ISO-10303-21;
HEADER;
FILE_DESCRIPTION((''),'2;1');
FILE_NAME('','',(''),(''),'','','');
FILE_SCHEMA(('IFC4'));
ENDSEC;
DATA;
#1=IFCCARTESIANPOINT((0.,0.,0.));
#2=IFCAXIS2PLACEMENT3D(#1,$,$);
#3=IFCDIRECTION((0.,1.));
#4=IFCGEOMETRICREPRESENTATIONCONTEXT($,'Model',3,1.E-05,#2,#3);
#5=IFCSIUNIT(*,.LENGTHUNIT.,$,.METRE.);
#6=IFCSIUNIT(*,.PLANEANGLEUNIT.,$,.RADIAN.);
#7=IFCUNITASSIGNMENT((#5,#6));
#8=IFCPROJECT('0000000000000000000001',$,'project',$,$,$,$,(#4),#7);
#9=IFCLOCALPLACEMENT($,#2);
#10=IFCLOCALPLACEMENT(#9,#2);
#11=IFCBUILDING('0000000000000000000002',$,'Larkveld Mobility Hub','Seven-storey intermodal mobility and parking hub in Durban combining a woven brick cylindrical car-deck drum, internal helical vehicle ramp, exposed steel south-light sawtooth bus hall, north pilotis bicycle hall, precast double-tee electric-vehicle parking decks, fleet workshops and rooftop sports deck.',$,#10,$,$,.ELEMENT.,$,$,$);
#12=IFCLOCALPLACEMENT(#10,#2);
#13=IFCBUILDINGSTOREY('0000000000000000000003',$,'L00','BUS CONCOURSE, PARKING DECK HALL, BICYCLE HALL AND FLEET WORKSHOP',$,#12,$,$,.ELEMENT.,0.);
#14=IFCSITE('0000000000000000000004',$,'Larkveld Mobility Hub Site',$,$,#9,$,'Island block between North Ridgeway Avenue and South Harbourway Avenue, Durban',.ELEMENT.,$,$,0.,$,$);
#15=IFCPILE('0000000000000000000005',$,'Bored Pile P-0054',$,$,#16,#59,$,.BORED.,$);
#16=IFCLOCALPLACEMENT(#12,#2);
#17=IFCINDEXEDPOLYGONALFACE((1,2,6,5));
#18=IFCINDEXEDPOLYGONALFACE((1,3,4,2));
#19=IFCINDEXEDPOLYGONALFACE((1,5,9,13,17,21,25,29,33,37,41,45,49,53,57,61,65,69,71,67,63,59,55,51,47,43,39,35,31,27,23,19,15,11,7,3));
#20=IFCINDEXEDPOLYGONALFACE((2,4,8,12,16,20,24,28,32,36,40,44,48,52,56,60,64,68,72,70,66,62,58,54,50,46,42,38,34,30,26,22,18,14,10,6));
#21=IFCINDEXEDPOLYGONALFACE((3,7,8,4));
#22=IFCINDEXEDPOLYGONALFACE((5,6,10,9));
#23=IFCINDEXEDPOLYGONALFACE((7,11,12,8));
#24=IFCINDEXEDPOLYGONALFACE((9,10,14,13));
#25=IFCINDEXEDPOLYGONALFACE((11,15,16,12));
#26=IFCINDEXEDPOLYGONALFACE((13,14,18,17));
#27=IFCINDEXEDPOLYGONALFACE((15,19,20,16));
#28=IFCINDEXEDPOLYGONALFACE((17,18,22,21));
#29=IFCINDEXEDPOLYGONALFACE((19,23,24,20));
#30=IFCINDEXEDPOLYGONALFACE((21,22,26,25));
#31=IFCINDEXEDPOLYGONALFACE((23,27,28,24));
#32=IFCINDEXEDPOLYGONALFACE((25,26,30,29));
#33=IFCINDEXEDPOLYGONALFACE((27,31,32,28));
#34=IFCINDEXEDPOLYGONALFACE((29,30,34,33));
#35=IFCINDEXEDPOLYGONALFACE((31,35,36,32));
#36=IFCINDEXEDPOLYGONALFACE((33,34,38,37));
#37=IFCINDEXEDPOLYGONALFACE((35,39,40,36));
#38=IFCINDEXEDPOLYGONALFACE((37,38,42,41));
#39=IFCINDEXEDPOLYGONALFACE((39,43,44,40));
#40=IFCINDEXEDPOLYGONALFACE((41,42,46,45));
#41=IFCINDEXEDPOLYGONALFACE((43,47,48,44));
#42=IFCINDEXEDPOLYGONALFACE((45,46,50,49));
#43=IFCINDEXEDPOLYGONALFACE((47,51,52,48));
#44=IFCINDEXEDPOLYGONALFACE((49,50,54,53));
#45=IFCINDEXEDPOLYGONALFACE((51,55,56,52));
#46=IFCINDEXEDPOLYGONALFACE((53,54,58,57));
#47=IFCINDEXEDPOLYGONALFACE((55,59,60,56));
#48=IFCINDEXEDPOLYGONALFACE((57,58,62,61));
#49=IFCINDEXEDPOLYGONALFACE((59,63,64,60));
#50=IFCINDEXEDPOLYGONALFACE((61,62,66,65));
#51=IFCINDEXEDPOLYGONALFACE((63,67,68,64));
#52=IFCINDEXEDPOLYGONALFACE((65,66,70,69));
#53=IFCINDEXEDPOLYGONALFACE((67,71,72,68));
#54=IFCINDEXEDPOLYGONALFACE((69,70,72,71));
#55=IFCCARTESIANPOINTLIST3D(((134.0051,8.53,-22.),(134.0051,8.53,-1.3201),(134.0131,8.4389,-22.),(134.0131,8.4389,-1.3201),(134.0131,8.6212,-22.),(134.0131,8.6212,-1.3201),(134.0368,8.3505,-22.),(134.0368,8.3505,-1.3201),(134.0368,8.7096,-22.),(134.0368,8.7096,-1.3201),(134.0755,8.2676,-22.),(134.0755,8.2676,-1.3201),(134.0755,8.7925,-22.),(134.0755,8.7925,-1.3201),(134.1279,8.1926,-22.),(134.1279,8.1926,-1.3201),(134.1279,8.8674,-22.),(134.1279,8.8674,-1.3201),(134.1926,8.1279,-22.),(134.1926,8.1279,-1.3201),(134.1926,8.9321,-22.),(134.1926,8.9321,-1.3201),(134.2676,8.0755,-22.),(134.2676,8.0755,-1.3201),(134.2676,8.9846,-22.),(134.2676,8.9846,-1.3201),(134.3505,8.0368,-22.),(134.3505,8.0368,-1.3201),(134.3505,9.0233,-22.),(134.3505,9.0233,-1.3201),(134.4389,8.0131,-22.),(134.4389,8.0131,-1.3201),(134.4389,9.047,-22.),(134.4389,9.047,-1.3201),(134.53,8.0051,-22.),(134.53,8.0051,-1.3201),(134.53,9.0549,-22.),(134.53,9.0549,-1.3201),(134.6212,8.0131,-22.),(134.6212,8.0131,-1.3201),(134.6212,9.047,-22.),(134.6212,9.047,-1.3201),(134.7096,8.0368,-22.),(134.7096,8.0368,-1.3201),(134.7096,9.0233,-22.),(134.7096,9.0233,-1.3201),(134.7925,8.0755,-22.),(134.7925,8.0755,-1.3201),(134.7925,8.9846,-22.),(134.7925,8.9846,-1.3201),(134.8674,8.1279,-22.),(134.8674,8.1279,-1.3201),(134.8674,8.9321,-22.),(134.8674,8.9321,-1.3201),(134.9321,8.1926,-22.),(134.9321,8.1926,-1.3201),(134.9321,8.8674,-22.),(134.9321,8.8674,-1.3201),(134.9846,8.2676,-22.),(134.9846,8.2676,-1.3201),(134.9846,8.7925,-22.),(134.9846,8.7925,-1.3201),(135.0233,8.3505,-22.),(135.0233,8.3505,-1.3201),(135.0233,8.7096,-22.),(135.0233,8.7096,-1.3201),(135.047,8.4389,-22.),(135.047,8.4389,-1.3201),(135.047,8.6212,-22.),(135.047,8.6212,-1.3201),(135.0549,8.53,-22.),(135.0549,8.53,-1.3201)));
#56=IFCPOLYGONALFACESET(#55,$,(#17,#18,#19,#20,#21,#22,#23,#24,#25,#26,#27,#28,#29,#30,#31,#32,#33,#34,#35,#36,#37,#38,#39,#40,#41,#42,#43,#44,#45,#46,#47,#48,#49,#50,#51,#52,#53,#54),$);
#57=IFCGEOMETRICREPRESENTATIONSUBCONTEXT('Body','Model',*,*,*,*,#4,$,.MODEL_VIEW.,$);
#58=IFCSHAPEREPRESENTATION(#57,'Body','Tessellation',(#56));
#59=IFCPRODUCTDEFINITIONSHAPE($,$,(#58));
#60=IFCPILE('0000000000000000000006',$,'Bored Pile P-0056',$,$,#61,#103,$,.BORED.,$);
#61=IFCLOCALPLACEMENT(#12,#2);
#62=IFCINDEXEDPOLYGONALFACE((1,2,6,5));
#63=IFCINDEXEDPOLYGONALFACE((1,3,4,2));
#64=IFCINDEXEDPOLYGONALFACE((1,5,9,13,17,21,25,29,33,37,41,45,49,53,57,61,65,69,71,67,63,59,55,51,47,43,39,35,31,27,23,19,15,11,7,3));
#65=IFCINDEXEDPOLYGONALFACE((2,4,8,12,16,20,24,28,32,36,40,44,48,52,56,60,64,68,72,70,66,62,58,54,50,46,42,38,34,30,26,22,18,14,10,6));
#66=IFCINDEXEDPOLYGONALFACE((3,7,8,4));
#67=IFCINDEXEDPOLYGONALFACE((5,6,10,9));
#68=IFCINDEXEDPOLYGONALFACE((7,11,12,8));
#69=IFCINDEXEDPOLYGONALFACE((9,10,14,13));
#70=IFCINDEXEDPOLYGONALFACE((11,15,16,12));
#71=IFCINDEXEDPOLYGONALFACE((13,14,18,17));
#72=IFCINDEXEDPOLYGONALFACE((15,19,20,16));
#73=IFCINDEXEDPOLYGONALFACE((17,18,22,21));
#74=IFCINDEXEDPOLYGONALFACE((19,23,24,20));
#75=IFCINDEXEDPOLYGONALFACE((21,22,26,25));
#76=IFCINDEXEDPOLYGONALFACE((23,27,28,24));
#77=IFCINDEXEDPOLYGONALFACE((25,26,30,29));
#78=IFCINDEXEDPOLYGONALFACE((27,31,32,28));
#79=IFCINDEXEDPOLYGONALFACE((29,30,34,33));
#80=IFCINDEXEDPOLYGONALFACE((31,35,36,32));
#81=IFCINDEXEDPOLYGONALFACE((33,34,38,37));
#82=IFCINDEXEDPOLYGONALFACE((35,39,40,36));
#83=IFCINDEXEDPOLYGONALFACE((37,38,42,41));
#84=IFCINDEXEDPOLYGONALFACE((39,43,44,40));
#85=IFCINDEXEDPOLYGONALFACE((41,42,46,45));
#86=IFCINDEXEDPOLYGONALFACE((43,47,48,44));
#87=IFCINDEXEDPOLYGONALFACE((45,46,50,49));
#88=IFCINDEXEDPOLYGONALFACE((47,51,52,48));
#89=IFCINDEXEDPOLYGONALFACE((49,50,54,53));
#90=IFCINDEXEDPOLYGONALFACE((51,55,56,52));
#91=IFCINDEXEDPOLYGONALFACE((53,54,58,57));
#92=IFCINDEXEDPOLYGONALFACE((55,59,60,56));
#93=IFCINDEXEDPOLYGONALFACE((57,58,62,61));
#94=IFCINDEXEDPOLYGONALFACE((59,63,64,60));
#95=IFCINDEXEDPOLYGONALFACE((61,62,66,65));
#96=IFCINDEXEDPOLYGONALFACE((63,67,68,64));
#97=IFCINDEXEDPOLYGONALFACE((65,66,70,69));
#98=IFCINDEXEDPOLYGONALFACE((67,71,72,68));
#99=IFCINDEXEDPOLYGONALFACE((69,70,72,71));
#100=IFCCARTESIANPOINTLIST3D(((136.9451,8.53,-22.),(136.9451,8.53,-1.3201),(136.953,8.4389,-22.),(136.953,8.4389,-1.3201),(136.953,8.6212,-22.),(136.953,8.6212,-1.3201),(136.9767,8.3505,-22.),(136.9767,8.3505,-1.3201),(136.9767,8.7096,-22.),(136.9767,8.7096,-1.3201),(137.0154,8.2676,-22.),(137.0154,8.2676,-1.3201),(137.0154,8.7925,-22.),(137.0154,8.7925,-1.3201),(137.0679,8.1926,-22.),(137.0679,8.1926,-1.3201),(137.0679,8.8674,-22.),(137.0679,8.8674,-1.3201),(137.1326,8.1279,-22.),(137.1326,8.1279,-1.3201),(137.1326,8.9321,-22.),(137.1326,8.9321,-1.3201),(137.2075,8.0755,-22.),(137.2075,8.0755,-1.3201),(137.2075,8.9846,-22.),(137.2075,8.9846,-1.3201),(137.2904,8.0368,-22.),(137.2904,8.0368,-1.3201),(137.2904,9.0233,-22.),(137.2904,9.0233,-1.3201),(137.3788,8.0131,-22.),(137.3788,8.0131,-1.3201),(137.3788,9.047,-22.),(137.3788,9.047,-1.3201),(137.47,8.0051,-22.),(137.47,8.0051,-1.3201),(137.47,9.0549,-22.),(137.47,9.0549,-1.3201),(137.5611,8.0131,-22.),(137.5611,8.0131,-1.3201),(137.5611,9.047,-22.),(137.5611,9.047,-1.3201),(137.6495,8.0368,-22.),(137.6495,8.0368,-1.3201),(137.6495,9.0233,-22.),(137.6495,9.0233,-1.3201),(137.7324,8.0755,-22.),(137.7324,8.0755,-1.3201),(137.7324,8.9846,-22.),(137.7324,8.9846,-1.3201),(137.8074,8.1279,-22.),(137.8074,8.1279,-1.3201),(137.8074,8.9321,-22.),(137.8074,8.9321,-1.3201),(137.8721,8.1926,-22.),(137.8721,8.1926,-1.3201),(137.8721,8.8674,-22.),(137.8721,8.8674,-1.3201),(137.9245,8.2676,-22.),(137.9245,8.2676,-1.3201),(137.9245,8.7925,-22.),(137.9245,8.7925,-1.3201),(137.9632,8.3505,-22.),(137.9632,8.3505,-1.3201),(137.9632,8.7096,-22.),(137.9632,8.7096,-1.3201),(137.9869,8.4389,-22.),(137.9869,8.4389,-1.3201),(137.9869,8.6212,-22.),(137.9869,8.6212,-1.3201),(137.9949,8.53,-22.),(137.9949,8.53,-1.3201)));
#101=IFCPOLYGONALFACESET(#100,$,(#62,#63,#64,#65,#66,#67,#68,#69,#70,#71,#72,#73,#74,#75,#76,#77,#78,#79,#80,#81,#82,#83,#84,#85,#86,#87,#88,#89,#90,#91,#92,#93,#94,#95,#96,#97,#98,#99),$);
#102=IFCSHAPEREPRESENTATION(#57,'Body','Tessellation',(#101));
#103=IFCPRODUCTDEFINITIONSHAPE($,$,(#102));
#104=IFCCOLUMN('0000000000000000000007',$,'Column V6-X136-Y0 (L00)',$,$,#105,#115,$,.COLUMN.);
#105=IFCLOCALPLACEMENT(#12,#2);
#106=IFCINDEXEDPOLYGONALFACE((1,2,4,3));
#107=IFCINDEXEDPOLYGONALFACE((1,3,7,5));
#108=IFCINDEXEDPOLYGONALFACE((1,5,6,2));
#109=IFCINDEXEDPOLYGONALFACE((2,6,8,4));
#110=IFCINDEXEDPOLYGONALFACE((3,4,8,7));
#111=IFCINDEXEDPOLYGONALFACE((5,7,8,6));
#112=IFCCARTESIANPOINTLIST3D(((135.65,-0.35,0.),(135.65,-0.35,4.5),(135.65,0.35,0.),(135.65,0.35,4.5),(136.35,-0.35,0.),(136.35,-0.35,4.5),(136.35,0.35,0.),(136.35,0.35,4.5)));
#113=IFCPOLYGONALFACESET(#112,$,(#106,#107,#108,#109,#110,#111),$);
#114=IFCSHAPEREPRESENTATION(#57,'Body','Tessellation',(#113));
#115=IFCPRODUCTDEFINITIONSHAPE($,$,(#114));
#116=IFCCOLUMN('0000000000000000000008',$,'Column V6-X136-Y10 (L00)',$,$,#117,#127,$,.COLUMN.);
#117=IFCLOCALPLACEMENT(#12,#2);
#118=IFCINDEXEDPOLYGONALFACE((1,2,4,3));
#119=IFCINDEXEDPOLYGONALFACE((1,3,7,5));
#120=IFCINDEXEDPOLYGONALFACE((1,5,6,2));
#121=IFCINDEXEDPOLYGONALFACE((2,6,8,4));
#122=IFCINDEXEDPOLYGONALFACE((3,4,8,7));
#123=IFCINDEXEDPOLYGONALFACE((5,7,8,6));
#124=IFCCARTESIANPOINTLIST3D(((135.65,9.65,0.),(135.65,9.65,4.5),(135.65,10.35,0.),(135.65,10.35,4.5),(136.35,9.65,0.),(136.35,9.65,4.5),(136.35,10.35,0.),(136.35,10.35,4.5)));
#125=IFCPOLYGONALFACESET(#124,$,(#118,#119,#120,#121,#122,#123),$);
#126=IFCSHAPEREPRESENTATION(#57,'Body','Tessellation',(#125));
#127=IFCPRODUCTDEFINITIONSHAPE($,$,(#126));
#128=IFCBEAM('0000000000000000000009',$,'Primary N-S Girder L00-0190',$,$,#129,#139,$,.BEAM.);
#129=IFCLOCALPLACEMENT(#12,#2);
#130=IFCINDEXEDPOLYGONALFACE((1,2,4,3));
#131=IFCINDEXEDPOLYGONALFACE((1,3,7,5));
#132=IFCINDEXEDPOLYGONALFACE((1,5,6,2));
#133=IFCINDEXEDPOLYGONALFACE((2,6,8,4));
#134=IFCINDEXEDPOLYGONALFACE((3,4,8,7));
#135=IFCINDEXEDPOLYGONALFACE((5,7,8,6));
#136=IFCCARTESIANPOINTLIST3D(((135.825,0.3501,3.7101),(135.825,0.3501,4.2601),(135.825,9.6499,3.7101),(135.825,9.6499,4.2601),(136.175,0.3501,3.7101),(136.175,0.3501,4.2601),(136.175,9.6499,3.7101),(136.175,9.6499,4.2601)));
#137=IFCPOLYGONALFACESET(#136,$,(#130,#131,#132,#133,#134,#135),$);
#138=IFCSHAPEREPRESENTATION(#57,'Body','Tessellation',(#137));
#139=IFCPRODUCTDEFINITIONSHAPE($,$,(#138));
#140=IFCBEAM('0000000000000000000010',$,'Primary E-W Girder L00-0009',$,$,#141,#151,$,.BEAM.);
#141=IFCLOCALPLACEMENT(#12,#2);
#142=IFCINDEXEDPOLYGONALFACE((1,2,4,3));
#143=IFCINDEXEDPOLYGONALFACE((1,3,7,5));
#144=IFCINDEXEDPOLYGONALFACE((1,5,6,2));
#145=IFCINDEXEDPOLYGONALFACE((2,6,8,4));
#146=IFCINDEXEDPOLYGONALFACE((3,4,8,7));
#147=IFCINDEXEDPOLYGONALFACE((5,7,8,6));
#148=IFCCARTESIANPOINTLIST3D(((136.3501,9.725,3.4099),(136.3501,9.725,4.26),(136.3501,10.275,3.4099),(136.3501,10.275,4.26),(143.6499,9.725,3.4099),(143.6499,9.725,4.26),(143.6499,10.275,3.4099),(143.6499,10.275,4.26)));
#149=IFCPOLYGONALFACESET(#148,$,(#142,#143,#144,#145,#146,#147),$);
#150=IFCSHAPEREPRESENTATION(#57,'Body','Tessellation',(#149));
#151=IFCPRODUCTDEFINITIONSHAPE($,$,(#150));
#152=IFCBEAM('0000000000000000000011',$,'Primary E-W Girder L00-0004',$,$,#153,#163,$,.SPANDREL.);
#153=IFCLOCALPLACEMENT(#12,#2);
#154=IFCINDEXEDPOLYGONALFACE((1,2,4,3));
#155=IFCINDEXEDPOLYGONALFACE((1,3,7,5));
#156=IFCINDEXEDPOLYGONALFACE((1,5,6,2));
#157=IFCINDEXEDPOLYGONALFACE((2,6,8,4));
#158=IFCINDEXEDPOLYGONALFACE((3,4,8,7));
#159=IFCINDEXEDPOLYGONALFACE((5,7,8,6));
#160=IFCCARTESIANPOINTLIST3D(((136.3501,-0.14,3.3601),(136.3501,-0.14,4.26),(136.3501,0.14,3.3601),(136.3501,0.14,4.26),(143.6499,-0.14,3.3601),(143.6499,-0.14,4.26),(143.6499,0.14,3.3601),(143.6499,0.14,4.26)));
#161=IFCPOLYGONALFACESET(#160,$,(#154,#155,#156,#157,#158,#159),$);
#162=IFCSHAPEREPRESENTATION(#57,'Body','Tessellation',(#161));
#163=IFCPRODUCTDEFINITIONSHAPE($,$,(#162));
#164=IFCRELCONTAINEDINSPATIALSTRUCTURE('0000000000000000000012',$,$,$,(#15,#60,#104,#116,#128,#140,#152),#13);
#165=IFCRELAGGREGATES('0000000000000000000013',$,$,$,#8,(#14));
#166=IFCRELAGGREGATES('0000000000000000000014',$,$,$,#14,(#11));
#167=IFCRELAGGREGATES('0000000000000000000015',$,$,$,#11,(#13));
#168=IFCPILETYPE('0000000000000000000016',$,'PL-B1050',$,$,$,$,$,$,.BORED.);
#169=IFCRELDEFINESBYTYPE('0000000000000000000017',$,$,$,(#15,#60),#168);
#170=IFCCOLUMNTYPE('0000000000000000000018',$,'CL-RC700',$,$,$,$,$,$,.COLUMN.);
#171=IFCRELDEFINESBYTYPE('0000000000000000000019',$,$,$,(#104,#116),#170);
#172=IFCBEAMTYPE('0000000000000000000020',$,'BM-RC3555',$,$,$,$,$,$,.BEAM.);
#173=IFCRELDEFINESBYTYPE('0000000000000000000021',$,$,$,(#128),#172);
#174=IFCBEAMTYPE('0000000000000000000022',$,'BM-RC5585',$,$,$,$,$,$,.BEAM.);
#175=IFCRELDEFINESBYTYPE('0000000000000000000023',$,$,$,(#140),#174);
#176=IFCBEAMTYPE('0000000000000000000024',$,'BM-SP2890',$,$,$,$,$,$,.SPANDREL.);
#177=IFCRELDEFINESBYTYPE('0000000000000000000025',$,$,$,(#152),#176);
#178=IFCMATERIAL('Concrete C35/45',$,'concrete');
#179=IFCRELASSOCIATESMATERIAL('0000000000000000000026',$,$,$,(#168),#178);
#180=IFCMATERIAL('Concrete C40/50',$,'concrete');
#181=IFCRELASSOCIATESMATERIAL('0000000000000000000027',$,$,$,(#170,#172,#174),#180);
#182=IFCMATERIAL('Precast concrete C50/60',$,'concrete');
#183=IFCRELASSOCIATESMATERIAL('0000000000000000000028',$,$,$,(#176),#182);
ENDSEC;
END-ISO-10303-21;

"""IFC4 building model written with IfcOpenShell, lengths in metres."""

from ifc_helpers import new_model, si_unit, direction, frame, origin, origin_2d, place, context, subcontext, project, spatial, rectangle, circle, extrude, material, material_profile, profile_set, type_object, element, save


model = new_model("IFC4")

# Units and contexts
model_context = context("Model", 3, precision=1e-05, world=origin(), true_north=direction((0.0, 1.0)))
body_context = subcontext(model_context, "Body", "Model", "MODEL_VIEW")
ifc_project = project(units=[si_unit("LENGTHUNIT", "METRE"), si_unit("PLANEANGLEUNIT", "RADIAN")], contexts=[model_context])

# Site, building, storey
site_placement = place(None, origin())
site = spatial("IfcSite", under=ifc_project, at=site_placement, Name="Larkveld Mobility Hub Site", LongName="Island block between North Ridgeway Avenue and South Harbourway Avenue, Durban", CompositionType="ELEMENT", RefElevation=0.0)
building_placement = place(site_placement, origin())
building = spatial("IfcBuilding", under=site, at=building_placement, Name="Larkveld Mobility Hub", Description="Seven-storey intermodal mobility and parking hub in Durban combining a woven brick cylindrical car-deck drum, internal helical vehicle ramp, exposed steel south-light sawtooth bus hall, north pilotis bicycle hall, precast double-tee electric-vehicle parking decks, fleet workshops and rooftop sports deck.", CompositionType="ELEMENT")
storey_placement = place(building_placement, origin())
storey = spatial("IfcBuildingStorey", under=building, at=storey_placement, Name="L00", Description="BUS CONCOURSE, PARKING DECK HALL, BICYCLE HALL AND FLEET WORKSHOP", CompositionType="ELEMENT", Elevation=0.0)

# Shared definitions
ifc_material_1 = material(Name="Concrete C35/45", Category="concrete")

# Piles
ifc_material_profile_1 = material_profile(ifc_material_1, circle(Radius=0.5249, at=origin_2d()), Name="PILE D1050")
ifc_profile_set_1 = profile_set([ifc_material_profile_1], Name="Concrete C35/45")
pile_type = type_object("IfcPileType", Name="PL-B1050", PredefinedType="BORED", material=ifc_profile_set_1)
for number, where, z_axis, x_axis, name in (
    (1, (134.53, 8.53, -1.3201), (0.0, 0.0, -1.0), (1.0, 0.0, 0.0), "Bored Pile P-0054"),
    (2, (137.47, 8.53, -1.3201), (0.0, 0.0, -1.0), (1.0, 0.0, 0.0), "Bored Pile P-0056"),
):
    element("IfcPile", number, at=place(storey_placement, frame(where, z_axis=z_axis, x_axis=x_axis)), inside=storey, type_object=pile_type, Name=name, PredefinedType="BORED", context=body_context, shape_type="SweptSolid", body=[
        extrude(circle(Radius=0.5249, at=origin_2d()), origin(), (0.0, 0.0, 1.0), 20.6799),
    ])

# Columns
ifc_material_2 = material(Name="Concrete C40/50", Category="concrete")
ifc_material_profile_2 = material_profile(ifc_material_2, rectangle(XDim=0.7, YDim=0.7, at=origin_2d()), Name="RC COL 700x700")
ifc_profile_set_2 = profile_set([ifc_material_profile_2], Name="Concrete C40/50")
column_type = type_object("IfcColumnType", Name="CL-RC700", PredefinedType="COLUMN", material=ifc_profile_set_2)
for number, where, z_axis, x_axis, name in (
    (3, (136.0, 0.0, 0.0), (0.0, 0.0, 1.0), (1.0, 0.0, 0.0), "Column V6-X136-Y0 (L00)"),
    (4, (136.0, 10.0, 0.0), (0.0, 0.0, 1.0), (1.0, 0.0, 0.0), "Column V6-X136-Y10 (L00)"),
):
    element("IfcColumn", number, at=place(storey_placement, frame(where, z_axis=z_axis, x_axis=x_axis)), inside=storey, type_object=column_type, Name=name, PredefinedType="COLUMN", context=body_context, shape_type="SweptSolid", body=[
        extrude(rectangle(XDim=0.7, YDim=0.7, at=origin_2d()), origin(), (0.0, 0.0, 1.0), 4.5),
    ])

# Beams
ifc_material_profile_3 = material_profile(ifc_material_2, rectangle(XDim=0.3501, YDim=0.55, at=origin_2d()), Name="RC BM 350x550")
ifc_profile_set_3 = profile_set([ifc_material_profile_3], Name="Concrete C40/50")
beam_type_1 = type_object("IfcBeamType", Name="BM-RC3555", PredefinedType="BEAM", material=ifc_profile_set_3)
beam_1_placement = place(storey_placement, frame((136.0, 0.3501, 3.9851), z_axis=(0.0, 1.0, 0.0), x_axis=(-1.0, 0.0, 0.0)))
element("IfcBeam", 5, at=beam_1_placement, inside=storey, type_object=beam_type_1, Name="Primary N-S Girder L00-0190", PredefinedType="BEAM", context=body_context, shape_type="SweptSolid", body=[
    extrude(rectangle(XDim=0.3501, YDim=0.55, at=origin_2d()), origin(), (0.0, 0.0, 1.0), 9.2998),
])
ifc_material_profile_4 = material_profile(ifc_material_2, rectangle(XDim=0.55, YDim=0.8501, at=origin_2d()), Name="RC BM 550x850")
ifc_profile_set_4 = profile_set([ifc_material_profile_4], Name="Concrete C40/50")
beam_type_2 = type_object("IfcBeamType", Name="BM-RC5585", PredefinedType="BEAM", material=ifc_profile_set_4)
beam_2_placement = place(storey_placement, frame((136.3501, 10.0, 3.835), z_axis=(1.0, 0.0, 0.0), x_axis=(0.0, 1.0, 0.0)))
element("IfcBeam", 6, at=beam_2_placement, inside=storey, type_object=beam_type_2, Name="Primary E-W Girder L00-0009", PredefinedType="BEAM", context=body_context, shape_type="SweptSolid", body=[
    extrude(rectangle(XDim=0.55, YDim=0.8501, at=origin_2d()), origin(), (0.0, 0.0, 1.0), 7.2998),
])
ifc_material_3 = material(Name="Precast concrete C50/60", Category="concrete")
ifc_material_profile_5 = material_profile(ifc_material_3, rectangle(XDim=0.28, YDim=0.8999, at=origin_2d()), Name="PC SP 280x900")
ifc_profile_set_5 = profile_set([ifc_material_profile_5], Name="Precast concrete C50/60")
beam_type_3 = type_object("IfcBeamType", Name="BM-SP2890", PredefinedType="SPANDREL", material=ifc_profile_set_5)
beam_3_placement = place(storey_placement, frame((136.3501, 0.0, 3.8101), z_axis=(1.0, 0.0, 0.0), x_axis=(0.0, 1.0, 0.0)))
element("IfcBeam", 7, at=beam_3_placement, inside=storey, type_object=beam_type_3, Name="Primary E-W Girder L00-0004", PredefinedType="SPANDREL", context=body_context, shape_type="SweptSolid", body=[
    extrude(rectangle(XDim=0.28, YDim=0.8999, at=origin_2d()), origin(), (0.0, 0.0, 1.0), 7.2998),
])

save(model, "model.ifc")
